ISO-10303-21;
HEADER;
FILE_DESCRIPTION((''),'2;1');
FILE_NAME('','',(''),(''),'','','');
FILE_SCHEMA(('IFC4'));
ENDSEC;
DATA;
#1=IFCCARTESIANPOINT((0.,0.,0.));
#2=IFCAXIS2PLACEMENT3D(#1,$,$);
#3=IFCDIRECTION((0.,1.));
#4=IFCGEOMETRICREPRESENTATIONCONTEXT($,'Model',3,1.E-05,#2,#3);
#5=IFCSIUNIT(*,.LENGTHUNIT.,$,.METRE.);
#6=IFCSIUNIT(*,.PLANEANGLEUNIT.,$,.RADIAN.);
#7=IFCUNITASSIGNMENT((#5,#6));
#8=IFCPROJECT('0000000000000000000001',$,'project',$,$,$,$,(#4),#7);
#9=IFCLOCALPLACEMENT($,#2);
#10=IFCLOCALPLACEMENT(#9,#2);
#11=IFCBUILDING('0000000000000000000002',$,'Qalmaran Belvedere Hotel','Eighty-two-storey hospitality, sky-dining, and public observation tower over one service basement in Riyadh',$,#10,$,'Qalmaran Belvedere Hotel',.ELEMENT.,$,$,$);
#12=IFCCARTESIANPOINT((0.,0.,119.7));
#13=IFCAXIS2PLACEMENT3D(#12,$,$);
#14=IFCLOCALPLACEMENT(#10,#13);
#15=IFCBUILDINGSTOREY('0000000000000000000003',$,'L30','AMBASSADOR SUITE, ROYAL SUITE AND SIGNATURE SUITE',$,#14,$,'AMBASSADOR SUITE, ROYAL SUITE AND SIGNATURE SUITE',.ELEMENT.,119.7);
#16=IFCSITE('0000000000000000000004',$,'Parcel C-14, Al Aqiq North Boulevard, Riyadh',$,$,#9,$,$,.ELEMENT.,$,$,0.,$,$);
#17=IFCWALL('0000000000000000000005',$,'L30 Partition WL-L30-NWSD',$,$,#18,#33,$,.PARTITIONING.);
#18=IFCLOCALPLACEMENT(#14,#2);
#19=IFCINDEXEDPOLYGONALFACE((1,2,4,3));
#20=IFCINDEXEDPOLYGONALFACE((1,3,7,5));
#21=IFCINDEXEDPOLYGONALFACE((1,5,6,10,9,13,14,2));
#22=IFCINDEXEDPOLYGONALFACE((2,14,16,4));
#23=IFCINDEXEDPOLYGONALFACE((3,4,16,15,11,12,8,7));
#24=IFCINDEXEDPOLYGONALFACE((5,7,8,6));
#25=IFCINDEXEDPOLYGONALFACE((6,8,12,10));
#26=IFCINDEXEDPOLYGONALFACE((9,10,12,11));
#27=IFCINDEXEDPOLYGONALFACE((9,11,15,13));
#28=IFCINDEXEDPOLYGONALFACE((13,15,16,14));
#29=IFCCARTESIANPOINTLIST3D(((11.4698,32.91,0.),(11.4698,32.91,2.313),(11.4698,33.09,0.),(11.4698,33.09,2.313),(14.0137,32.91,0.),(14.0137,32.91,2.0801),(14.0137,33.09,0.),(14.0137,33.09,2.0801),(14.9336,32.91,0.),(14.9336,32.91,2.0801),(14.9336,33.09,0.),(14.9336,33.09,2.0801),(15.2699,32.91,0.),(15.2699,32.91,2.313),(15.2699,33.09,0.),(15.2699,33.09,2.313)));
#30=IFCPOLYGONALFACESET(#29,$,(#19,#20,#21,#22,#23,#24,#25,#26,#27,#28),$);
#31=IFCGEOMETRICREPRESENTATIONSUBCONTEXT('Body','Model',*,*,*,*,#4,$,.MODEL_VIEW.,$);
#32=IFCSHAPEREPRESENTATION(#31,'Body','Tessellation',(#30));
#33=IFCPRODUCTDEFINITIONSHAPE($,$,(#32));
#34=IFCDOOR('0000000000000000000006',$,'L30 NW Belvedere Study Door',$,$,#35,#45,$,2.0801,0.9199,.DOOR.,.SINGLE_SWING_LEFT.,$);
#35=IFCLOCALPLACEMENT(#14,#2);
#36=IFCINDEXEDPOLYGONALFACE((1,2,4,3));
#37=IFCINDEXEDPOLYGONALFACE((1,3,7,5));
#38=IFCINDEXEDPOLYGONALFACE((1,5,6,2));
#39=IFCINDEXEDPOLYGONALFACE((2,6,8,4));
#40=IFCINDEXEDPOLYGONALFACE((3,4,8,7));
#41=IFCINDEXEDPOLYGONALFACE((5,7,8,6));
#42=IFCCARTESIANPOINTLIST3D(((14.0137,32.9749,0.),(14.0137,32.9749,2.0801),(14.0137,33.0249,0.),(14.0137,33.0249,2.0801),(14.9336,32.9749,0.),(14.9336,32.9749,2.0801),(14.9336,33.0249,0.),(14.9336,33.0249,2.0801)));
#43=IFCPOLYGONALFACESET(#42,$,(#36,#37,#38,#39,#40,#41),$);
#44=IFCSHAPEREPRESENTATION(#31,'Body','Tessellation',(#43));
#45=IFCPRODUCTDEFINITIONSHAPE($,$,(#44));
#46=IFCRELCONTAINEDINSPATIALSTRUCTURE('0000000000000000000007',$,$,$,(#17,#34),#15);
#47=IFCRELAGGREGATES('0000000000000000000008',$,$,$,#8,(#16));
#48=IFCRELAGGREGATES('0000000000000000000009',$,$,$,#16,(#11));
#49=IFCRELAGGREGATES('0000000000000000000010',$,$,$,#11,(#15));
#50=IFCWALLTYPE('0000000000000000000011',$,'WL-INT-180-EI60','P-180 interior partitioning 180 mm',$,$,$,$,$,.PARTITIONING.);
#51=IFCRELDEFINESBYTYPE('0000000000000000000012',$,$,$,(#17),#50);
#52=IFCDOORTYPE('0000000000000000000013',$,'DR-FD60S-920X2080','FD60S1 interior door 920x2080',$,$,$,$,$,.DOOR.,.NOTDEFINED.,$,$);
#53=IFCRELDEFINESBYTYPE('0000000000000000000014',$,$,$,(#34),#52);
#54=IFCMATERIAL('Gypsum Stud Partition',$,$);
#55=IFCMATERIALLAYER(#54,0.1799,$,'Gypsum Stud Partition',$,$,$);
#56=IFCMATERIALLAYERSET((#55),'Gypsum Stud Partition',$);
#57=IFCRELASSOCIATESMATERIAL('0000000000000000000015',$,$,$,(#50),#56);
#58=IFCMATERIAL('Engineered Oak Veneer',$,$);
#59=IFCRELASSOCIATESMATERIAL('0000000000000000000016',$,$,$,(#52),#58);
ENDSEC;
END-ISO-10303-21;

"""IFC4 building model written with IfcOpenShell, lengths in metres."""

from ifc_helpers import new_model, si_unit, direction, frame, frame_2d, origin, place, context, subcontext, project, spatial, rectangle, extrude, material, layer, layer_set, type_object, element, fill, save


model = new_model("IFC4")

# Units and contexts
model_context = context("Model", 3, precision=1e-05, world=origin(), true_north=direction((0.0, 1.0)))
body_context = subcontext(model_context, "Body", "Model", "MODEL_VIEW")
ifc_project = project(units=[si_unit("LENGTHUNIT", "METRE"), si_unit("PLANEANGLEUNIT", "RADIAN")], contexts=[model_context])

# Site, building, storey
site_placement = place(None, origin())
site = spatial("IfcSite", under=ifc_project, at=site_placement, Name="Parcel C-14, Al Aqiq North Boulevard, Riyadh", CompositionType="ELEMENT", RefElevation=0.0)
building_placement = place(site_placement, origin())
building = spatial("IfcBuilding", under=site, at=building_placement, Name="Qalmaran Belvedere Hotel", Description="Eighty-two-storey hospitality, sky-dining, and public observation tower over one service basement in Riyadh", LongName="Qalmaran Belvedere Hotel", CompositionType="ELEMENT")
storey_placement = place(building_placement, frame((0.0, 0.0, 119.7)))
storey = spatial("IfcBuildingStorey", under=building, at=storey_placement, Name="L30", Description="AMBASSADOR SUITE, ROYAL SUITE AND SIGNATURE SUITE", LongName="AMBASSADOR SUITE, ROYAL SUITE AND SIGNATURE SUITE", CompositionType="ELEMENT", Elevation=119.7)

# Shared definitions
ifc_material_1 = material(Name="Engineered Oak Veneer")

# Shared definitions
ifc_material_2 = material(Name="Gypsum Stud Partition")

# Wall, opening, door
ifc_layer_1 = layer(ifc_material_2, 0.1799, Name="Gypsum Stud Partition")
ifc_layer_set_1 = layer_set([ifc_layer_1], Name="Gypsum Stud Partition")
wall_type_1 = type_object("IfcWallType", Name="WL-INT-180-EI60", Description="P-180 interior partitioning 180 mm", PredefinedType="PARTITIONING", material=ifc_layer_set_1)
wall_1_placement = place(storey_placement, frame((11.47, 33.0, 0.0), z_axis=(0.0, 0.0, 1.0), x_axis=(1.0, 0.0, 0.0)))
wall_1 = element("IfcWall", 1, at=wall_1_placement, inside=storey, type_object=wall_type_1, Name="L30 Partition WL-L30-NWSD", PredefinedType="PARTITIONING", context=body_context, shape_type="SweptSolid", body=[
    extrude(rectangle(XDim=3.8, YDim=0.1799, at=frame_2d((1.8999, 0.0))), origin(), (0.0, 0.0, 1.0), 2.313),
])
opening_1_placement = place(wall_1_placement, frame((2.5437, 0.0, 0.0)))
opening_1 = element("IfcOpeningElement", 2, at=opening_1_placement, cuts=wall_1, PredefinedType="OPENING", context=body_context, shape_type="SweptSolid", body=[
    extrude(rectangle(XDim=0.9199, YDim=2.0801, at=frame_2d((0.46, 1.04))), frame((0.0, 0.1001, 0.0), z_axis=(0.0, -1.0, 0.0), x_axis=(1.0, 0.0, 0.0)), (0.0, 0.0, 1.0), 0.2),
])
door_type_1 = type_object("IfcDoorType", Name="DR-FD60S-920X2080", Description="FD60S1 interior door 920x2080", OperationType="NOTDEFINED", PredefinedType="DOOR", material=ifc_material_1)
door_1_placement = place(opening_1_placement, origin())
door_1 = element("IfcDoor", 3, at=door_1_placement, inside=storey, type_object=door_type_1, Name="L30 NW Belvedere Study Door", OperationType="SINGLE_SWING_LEFT", OverallHeight=2.0801, OverallWidth=0.9199, PredefinedType="DOOR", context=body_context, shape_type="SweptSolid", body=[
    extrude(rectangle(XDim=0.9199, YDim=2.0801, at=frame_2d((0.46, 1.04))), frame((0.0, 0.0249, 0.0), z_axis=(0.0, -1.0, 0.0), x_axis=(1.0, 0.0, 0.0)), (0.0, 0.0, 1.0), 0.05),
])
fill(opening_1, door_1)

save(model, "model.ifc")
